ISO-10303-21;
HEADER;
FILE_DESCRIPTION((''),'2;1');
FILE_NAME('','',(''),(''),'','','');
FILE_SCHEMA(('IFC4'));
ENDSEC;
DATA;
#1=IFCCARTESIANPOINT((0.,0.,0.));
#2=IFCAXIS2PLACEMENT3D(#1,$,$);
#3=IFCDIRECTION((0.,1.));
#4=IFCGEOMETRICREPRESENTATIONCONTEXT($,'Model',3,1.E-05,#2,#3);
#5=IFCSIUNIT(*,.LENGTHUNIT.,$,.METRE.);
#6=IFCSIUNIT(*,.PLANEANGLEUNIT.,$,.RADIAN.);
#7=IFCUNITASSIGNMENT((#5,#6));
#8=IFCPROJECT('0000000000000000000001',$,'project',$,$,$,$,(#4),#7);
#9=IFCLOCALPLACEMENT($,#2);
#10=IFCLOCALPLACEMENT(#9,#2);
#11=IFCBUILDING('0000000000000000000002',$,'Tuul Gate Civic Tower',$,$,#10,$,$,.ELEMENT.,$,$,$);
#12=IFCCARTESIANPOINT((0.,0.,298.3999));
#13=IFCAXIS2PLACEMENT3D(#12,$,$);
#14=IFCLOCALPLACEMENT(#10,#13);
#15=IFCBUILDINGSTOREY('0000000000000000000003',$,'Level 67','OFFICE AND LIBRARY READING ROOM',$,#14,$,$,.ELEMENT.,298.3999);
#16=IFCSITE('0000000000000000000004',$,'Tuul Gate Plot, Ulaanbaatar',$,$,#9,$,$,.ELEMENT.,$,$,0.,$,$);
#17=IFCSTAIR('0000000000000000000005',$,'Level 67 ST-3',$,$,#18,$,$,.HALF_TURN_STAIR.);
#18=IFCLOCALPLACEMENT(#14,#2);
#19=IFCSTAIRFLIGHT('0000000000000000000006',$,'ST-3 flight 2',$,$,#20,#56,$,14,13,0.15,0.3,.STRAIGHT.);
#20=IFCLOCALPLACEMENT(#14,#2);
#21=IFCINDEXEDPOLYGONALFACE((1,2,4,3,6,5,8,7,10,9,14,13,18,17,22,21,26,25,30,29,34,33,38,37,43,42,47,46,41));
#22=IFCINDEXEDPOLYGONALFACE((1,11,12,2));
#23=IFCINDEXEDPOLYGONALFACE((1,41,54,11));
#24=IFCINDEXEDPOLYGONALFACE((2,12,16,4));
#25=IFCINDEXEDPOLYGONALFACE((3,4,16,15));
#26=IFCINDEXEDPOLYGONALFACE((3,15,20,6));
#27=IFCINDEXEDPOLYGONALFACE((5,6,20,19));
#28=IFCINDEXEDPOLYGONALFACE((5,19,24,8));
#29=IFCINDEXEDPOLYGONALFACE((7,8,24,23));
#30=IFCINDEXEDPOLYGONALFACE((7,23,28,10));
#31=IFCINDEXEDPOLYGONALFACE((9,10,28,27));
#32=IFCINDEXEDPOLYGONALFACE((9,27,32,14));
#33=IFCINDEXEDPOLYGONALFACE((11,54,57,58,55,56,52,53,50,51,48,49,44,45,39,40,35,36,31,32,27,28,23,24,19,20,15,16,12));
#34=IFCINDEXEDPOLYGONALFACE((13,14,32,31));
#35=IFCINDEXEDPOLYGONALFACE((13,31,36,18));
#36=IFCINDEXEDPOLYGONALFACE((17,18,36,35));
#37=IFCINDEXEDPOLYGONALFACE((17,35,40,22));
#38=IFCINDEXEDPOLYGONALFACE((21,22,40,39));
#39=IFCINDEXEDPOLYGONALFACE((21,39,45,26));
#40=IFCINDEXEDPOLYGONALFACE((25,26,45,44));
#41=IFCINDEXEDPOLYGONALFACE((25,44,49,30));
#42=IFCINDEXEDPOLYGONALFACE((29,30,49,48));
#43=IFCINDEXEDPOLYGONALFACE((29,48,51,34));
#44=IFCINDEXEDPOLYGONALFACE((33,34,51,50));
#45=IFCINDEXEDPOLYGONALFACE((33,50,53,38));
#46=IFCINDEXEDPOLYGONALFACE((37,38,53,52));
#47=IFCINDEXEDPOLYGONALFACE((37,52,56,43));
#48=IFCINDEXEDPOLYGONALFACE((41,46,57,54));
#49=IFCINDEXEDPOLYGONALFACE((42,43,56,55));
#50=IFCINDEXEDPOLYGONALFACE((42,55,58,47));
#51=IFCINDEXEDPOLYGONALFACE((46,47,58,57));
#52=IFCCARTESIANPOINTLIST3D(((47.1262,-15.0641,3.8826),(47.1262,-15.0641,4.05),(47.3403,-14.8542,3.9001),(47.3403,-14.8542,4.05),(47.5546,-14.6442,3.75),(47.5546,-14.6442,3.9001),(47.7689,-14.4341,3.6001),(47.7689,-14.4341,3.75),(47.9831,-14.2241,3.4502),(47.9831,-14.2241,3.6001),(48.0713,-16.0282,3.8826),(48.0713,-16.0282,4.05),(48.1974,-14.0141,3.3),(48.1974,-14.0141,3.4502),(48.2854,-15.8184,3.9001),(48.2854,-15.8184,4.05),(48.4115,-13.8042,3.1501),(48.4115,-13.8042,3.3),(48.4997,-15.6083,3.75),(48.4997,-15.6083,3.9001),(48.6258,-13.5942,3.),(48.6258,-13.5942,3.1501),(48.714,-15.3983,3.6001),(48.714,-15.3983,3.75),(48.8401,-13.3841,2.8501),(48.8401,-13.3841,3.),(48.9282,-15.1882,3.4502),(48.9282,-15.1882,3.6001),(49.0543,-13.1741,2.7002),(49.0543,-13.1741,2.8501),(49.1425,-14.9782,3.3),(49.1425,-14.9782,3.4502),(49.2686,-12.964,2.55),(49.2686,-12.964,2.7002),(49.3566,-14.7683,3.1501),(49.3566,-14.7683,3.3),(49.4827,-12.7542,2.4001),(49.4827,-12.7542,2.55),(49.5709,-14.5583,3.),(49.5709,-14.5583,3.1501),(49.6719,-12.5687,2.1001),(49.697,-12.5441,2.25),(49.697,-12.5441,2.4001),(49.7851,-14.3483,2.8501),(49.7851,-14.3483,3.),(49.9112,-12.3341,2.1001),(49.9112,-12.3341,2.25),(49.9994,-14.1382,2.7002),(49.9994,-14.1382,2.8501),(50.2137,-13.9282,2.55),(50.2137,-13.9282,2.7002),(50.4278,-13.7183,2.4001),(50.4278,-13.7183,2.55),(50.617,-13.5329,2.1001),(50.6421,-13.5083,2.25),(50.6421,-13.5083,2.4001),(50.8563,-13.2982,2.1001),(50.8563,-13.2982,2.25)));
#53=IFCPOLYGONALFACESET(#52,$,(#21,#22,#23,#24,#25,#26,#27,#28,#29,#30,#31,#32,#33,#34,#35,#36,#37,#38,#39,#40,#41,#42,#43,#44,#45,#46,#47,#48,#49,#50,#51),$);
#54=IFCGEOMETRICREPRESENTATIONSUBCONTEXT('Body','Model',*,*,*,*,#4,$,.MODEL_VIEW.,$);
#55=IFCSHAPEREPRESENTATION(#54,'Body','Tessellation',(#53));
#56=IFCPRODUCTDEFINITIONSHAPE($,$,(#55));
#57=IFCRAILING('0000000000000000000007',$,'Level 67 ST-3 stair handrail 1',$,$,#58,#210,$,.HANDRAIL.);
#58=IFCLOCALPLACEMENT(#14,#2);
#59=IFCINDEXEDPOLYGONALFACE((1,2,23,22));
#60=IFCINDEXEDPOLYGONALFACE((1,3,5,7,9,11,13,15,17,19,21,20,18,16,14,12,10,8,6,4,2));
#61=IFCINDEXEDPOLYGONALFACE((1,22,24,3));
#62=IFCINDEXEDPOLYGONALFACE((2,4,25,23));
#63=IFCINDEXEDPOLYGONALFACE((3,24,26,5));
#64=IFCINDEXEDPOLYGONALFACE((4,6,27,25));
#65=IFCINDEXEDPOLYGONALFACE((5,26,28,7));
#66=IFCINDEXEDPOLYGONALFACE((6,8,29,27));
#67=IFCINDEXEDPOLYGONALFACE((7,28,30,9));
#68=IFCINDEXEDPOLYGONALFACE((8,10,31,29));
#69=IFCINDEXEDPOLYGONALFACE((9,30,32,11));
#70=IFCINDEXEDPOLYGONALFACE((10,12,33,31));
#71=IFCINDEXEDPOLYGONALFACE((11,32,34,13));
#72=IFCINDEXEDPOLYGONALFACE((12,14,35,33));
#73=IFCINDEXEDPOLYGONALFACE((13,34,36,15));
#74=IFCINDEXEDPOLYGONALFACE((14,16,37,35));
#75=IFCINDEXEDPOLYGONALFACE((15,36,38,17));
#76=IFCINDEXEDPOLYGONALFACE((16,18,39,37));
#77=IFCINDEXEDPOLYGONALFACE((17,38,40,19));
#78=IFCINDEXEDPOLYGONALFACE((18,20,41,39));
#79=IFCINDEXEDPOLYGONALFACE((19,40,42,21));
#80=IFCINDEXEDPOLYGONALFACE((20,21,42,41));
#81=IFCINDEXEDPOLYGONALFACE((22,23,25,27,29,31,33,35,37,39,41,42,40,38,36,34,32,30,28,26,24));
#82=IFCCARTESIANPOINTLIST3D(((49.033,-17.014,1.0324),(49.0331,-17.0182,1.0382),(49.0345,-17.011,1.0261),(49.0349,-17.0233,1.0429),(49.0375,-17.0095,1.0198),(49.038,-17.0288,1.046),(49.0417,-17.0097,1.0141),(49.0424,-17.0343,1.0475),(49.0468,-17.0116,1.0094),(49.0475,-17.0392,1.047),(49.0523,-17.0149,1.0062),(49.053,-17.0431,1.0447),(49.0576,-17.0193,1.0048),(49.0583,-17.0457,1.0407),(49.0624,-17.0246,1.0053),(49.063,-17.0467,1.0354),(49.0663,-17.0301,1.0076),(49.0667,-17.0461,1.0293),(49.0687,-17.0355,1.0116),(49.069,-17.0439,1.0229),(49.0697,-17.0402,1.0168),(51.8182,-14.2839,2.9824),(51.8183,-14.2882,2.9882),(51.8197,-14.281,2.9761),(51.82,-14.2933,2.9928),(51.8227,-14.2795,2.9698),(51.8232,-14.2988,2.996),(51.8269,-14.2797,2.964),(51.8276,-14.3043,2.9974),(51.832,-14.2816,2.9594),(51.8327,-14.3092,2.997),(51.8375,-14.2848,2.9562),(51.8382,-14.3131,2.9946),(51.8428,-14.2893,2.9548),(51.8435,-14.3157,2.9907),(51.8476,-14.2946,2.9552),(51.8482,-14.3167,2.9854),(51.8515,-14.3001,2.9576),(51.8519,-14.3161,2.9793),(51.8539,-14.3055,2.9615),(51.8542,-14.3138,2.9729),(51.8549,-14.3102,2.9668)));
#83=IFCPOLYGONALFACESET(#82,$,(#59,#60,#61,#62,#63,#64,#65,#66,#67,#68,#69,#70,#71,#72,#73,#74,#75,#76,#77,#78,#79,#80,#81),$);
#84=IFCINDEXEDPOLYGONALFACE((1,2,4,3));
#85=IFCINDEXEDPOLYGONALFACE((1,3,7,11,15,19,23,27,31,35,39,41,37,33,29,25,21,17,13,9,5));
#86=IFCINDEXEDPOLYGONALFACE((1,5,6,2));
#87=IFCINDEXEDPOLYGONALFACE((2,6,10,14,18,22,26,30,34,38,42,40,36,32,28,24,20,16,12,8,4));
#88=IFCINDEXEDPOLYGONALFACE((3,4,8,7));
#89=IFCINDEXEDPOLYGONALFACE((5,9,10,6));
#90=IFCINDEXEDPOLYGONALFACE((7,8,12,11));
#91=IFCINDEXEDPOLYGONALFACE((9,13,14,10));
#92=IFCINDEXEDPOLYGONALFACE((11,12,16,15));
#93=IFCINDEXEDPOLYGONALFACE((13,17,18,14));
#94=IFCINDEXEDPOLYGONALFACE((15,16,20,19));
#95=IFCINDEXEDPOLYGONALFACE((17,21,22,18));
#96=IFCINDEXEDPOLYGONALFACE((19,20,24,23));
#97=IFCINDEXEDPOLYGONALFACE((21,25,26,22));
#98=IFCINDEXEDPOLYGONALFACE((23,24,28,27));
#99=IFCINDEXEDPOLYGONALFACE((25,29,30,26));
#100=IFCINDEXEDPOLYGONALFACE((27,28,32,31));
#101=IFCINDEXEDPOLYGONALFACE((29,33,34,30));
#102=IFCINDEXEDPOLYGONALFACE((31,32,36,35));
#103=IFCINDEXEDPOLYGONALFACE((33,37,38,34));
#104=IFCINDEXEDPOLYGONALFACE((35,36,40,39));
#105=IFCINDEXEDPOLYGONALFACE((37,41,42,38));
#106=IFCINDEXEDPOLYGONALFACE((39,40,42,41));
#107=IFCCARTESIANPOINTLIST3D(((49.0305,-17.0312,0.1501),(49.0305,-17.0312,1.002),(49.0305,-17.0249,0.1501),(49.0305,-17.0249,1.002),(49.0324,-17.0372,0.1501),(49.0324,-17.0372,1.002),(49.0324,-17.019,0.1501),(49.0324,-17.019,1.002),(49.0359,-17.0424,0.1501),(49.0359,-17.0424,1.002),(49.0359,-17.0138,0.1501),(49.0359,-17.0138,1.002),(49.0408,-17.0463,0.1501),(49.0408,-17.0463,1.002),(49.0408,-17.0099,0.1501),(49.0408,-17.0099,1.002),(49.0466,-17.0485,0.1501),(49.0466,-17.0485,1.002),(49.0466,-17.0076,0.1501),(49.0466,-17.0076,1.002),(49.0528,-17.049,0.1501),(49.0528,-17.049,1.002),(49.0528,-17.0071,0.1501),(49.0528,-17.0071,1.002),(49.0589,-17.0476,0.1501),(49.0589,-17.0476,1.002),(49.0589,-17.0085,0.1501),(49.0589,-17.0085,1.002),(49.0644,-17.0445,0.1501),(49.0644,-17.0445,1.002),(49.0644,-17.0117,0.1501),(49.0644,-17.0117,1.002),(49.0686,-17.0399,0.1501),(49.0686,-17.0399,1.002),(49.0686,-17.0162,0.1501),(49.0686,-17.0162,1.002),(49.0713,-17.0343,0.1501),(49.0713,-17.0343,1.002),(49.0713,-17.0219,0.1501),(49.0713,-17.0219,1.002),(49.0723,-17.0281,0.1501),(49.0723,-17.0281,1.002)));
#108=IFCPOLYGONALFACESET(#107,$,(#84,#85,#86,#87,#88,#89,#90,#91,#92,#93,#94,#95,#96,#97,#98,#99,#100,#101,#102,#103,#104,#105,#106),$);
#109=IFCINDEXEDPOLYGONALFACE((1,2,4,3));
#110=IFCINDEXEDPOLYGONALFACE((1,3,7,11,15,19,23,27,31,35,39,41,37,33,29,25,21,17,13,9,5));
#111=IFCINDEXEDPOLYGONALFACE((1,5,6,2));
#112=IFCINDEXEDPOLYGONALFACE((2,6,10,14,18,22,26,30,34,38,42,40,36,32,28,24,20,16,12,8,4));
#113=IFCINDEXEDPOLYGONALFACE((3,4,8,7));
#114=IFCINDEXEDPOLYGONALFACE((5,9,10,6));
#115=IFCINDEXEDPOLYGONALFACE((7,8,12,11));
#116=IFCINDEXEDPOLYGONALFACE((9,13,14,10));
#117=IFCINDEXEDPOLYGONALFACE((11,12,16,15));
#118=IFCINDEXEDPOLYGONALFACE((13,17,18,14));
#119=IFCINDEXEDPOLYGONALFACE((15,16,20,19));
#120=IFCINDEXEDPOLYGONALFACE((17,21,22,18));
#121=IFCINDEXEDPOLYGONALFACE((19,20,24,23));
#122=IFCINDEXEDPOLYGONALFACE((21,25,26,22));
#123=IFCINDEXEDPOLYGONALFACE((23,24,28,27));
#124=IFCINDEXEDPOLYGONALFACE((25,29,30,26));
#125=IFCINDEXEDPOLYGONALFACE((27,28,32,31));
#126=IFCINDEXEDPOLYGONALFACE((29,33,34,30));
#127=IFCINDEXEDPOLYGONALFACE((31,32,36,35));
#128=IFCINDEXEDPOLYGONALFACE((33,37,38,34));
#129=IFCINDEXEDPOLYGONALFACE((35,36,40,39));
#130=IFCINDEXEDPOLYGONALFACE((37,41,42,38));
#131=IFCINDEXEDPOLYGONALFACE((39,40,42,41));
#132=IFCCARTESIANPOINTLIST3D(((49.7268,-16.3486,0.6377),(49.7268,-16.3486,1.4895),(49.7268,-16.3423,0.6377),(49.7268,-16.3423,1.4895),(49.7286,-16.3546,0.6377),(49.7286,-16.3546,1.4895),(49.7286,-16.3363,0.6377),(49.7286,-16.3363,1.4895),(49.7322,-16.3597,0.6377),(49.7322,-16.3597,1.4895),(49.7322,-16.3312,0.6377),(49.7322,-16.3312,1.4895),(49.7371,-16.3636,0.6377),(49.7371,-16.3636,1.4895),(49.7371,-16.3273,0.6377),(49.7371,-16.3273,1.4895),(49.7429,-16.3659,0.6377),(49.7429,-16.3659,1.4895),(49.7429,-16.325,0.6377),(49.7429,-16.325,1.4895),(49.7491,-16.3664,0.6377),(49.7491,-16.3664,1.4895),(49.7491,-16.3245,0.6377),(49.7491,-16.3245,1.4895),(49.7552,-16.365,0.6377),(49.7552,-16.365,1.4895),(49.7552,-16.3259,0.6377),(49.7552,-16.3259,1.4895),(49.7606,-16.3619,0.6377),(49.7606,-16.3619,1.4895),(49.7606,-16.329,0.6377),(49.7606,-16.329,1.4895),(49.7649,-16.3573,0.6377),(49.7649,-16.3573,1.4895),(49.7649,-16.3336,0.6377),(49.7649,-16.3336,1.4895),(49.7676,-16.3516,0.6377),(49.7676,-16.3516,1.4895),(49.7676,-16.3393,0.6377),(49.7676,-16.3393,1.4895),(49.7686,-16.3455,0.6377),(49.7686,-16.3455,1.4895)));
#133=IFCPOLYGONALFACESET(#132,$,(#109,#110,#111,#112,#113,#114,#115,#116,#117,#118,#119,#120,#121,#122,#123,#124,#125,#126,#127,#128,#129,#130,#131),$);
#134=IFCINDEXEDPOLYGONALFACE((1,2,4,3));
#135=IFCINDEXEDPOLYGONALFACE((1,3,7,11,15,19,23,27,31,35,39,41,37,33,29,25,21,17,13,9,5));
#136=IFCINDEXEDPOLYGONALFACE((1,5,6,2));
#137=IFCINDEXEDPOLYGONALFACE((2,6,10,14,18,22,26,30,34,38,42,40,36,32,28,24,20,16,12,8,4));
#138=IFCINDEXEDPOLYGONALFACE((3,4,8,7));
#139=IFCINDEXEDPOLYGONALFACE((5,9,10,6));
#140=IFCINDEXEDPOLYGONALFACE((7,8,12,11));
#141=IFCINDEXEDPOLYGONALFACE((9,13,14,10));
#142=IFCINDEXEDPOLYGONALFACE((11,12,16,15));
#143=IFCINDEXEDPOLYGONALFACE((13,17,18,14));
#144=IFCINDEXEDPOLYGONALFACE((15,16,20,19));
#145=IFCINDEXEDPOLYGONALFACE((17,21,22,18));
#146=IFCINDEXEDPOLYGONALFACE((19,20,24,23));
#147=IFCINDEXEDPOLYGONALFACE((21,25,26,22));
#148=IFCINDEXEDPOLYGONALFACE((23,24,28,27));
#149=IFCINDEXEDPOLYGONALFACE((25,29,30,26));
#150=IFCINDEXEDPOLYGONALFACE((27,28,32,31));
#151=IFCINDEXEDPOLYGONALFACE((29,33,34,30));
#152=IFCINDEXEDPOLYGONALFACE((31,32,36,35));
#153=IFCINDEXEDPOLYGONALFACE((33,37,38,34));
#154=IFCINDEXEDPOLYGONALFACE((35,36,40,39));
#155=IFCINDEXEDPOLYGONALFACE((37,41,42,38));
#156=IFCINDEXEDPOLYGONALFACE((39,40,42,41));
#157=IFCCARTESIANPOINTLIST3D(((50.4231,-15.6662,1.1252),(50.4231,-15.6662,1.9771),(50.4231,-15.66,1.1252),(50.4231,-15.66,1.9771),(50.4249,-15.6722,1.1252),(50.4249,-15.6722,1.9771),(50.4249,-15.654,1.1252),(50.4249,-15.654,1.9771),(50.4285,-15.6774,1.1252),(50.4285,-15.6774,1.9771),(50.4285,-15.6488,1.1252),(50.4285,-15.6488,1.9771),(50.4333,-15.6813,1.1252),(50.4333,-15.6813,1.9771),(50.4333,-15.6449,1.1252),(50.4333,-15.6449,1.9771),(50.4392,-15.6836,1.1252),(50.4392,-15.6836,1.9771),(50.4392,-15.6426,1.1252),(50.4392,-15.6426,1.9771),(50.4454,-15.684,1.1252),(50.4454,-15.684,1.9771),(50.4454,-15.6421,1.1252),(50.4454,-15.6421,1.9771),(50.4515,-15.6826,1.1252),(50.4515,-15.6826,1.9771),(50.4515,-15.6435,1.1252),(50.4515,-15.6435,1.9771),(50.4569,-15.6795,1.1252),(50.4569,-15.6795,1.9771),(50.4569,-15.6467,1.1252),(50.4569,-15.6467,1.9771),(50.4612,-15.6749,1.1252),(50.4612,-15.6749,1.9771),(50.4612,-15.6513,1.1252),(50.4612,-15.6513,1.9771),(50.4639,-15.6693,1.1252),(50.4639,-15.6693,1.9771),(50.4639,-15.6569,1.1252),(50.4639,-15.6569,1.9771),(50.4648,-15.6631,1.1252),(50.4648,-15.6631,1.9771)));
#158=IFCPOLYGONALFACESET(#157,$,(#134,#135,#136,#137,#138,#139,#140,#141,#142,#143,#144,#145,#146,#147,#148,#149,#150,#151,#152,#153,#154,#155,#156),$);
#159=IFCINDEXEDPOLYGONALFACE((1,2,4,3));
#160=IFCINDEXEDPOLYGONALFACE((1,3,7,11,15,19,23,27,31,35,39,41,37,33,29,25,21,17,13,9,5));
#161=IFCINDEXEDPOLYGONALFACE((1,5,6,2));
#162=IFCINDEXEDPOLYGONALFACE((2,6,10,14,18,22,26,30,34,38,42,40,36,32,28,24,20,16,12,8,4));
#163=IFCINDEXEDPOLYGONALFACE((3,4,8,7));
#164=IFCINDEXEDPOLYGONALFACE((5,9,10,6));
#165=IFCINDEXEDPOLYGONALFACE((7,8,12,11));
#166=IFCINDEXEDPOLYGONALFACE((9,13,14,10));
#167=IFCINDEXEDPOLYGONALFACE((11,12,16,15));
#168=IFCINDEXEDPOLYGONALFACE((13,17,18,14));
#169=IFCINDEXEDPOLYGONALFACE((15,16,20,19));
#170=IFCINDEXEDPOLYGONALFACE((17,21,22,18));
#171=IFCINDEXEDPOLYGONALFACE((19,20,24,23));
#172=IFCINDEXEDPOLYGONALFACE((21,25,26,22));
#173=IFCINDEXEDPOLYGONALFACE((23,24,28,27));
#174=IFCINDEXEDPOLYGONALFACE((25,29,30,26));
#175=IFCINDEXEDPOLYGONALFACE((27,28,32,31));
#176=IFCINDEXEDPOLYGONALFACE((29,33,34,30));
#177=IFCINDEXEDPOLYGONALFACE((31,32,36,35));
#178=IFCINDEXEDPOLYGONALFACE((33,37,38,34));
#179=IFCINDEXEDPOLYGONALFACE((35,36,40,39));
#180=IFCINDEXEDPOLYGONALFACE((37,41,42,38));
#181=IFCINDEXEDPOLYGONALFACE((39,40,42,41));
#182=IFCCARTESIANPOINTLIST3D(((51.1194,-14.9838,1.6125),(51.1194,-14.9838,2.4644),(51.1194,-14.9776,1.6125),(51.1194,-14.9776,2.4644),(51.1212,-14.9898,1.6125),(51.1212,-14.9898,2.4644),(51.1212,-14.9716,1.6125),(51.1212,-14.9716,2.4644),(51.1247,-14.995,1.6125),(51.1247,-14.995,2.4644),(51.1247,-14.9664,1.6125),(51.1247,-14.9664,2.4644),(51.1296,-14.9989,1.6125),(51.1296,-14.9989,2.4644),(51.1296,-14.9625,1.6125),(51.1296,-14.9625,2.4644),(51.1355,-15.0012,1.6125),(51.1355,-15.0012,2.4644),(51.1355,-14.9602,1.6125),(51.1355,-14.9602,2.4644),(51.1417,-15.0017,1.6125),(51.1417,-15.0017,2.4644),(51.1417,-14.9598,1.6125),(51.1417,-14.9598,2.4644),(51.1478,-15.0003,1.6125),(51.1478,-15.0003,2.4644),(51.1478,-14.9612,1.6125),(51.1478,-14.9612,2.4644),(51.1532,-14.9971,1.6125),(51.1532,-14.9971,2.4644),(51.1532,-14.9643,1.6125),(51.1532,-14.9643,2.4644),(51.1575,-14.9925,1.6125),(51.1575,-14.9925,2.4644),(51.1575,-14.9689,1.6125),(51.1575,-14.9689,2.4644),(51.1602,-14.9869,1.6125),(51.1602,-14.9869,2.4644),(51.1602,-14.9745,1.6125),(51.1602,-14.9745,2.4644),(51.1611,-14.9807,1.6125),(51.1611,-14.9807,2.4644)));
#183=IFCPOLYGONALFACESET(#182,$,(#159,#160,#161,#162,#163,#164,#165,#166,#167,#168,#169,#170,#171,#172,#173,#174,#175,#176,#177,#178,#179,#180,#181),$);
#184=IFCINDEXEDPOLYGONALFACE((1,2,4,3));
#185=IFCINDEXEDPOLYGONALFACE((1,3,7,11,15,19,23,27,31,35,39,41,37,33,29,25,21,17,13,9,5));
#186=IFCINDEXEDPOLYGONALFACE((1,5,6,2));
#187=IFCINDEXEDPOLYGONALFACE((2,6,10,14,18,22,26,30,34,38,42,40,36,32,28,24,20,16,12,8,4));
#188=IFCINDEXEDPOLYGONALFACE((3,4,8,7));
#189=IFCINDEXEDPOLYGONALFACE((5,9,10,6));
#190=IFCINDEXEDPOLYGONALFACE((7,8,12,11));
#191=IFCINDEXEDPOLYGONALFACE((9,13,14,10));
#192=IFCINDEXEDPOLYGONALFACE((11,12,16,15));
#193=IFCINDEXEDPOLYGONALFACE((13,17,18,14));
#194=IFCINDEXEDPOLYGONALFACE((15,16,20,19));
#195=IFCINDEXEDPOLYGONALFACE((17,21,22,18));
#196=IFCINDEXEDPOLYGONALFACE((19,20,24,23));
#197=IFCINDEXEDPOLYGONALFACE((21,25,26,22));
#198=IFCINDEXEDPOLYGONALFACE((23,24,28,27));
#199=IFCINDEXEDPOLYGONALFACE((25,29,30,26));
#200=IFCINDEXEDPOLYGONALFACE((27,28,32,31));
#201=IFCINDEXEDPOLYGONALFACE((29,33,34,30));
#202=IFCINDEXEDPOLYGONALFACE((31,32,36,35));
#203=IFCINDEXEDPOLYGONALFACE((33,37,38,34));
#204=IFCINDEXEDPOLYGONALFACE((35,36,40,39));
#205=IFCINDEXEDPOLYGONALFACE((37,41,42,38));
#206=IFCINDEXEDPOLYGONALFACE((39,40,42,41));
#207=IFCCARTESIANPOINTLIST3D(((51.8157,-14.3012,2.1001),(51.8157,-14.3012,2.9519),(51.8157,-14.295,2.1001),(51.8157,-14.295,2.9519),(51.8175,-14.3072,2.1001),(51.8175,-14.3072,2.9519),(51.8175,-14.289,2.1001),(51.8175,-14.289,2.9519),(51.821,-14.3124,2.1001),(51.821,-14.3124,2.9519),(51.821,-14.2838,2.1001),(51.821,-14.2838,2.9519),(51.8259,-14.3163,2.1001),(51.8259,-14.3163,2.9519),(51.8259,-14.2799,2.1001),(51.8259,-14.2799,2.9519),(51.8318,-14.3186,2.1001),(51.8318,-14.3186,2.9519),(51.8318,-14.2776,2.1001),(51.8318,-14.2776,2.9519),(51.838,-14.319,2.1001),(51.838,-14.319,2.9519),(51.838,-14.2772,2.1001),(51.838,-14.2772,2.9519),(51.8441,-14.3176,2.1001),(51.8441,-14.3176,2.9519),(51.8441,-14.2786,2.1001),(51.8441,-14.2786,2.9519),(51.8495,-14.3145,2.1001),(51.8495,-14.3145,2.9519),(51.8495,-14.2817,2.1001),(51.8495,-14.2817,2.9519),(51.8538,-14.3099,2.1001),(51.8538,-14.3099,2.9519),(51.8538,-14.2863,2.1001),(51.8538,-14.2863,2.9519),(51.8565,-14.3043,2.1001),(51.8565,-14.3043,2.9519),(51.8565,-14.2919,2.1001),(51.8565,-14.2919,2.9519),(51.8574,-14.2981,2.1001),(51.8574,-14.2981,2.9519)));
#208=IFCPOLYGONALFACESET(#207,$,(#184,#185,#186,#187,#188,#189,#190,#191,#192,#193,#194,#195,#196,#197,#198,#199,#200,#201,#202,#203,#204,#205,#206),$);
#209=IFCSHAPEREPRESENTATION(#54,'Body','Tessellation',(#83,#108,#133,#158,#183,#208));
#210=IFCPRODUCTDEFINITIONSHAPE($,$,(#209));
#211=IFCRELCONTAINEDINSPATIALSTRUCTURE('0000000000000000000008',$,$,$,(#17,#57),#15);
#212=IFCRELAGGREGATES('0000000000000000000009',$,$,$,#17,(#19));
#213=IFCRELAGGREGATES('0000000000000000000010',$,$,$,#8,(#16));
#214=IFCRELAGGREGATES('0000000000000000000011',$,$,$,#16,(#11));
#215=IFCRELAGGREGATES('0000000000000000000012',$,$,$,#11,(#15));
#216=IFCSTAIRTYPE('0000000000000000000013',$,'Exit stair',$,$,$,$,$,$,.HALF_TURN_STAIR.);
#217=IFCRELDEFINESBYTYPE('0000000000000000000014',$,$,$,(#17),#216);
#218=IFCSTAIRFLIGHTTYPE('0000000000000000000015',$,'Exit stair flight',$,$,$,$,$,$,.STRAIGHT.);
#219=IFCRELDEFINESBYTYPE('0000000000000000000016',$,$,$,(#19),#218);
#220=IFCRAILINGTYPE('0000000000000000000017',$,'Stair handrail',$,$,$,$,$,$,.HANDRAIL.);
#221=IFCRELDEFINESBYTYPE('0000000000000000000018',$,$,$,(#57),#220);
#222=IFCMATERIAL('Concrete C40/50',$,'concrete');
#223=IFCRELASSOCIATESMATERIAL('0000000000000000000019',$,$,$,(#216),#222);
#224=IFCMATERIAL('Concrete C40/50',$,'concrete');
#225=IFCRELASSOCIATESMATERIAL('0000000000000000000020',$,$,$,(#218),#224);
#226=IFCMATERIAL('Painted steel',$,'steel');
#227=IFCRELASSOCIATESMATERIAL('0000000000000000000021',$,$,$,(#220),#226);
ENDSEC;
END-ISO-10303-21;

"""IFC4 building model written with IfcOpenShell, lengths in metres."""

from ifc_helpers import new_model, si_unit, direction, frame, origin, origin_2d, place, context, subcontext, project, spatial, polyline, circle, outline, extrude, material, type_object, element, aggregate, save


model = new_model("IFC4")

# Units and contexts
model_context = context("Model", 3, precision=1e-05, world=origin(), true_north=direction((0.0, 1.0)))
body_context = subcontext(model_context, "Body", "Model", "MODEL_VIEW")
ifc_project = project(units=[si_unit("LENGTHUNIT", "METRE"), si_unit("PLANEANGLEUNIT", "RADIAN")], contexts=[model_context])

# Site, building, storey
site_placement = place(None, origin())
site = spatial("IfcSite", under=ifc_project, at=site_placement, Name="Tuul Gate Plot, Ulaanbaatar", CompositionType="ELEMENT", RefElevation=0.0)
building_placement = place(site_placement, origin())
building = spatial("IfcBuilding", under=site, at=building_placement, Name="Tuul Gate Civic Tower", CompositionType="ELEMENT")
storey_placement = place(building_placement, frame((0.0, 0.0, 298.3999)))
storey = spatial("IfcBuildingStorey", under=building, at=storey_placement, Name="Level 67", Description="OFFICE AND LIBRARY READING ROOM", CompositionType="ELEMENT", Elevation=298.3999)

# Stair, stair flight
ifc_material_1 = material(Name="Concrete C40/50", Category="concrete")
stair_type = type_object("IfcStairType", Name="Exit stair", PredefinedType="HALF_TURN_STAIR", material=ifc_material_1)
stair_placement = place(storey_placement, origin())
stair = element("IfcStair", 1, at=stair_placement, inside=storey, type_object=stair_type, Name="Level 67 ST-3", PredefinedType="HALF_TURN_STAIR")
ifc_material_2 = material(Name="Concrete C40/50", Category="concrete")
stair_flight_type = type_object("IfcStairFlightType", Name="Exit stair flight", PredefinedType="STRAIGHT", material=ifc_material_2)
stair_flight_1_placement = place(storey_placement, frame((50.3838, -12.8162, 2.1001), z_axis=(0.0, 0.0, 1.0), x_axis=(-0.714127, -0.700016, 0.0)))
stair_flight_1 = element("IfcStairFlight", 2, at=stair_flight_1_placement, type_object=stair_flight_type, Name="ST-3 flight 2", NumberOfRisers=14, NumberOfTreads=13, PredefinedType="STRAIGHT", RiserHeight=0.15, TreadLength=0.3, context=body_context, shape_type="SweptSolid", body=[
    extrude(outline(polyline([(0.0, 0.0), (0.0, 0.1499), (0.3, 0.1499), (0.3, 0.3), (0.6001, 0.3), (0.6001, 0.45), (0.8999, 0.45), (0.8999, 0.6001), (1.2, 0.6001), (1.2, 0.75), (1.5, 0.75), (1.5, 0.8999), (1.8, 0.8999), (1.8, 1.05), (2.1001, 1.05), (2.1001, 1.2), (2.3999, 1.2), (2.3999, 1.3501), (2.7, 1.3501), (2.7, 1.5), (3.0, 1.5), (3.0, 1.6499), (3.3, 1.6499), (3.3, 1.8), (3.6001, 1.8), (3.6001, 1.95), (3.8999, 1.95), (3.8999, 2.1001), (3.8999, 1.7825), (0.3352, 0.0), (0.0, 0.0)])), frame((0.0, 0.675, 0.0), z_axis=(0.0, -1.0, 0.0), x_axis=(1.0, 0.0, 0.0)), (0.0, 0.0, 1.0), 1.3501),
])
aggregate(stair, [stair_flight_1])

# Railing
ifc_material_3 = material(Name="Painted steel", Category="steel")
railing_type = type_object("IfcRailingType", Name="Stair handrail", PredefinedType="HANDRAIL", material=ifc_material_3)
railing_1_placement = place(storey_placement, frame((49.0513, -17.0281, 0.1501)))
element("IfcRailing", 3, at=railing_1_placement, inside=storey, type_object=railing_type, Name="Level 67 ST-3 stair handrail 1", PredefinedType="HANDRAIL", context=body_context, shape_type="SweptSolid", body=[
    extrude(circle(Radius=0.0239, at=origin_2d()), frame((0.0, 0.0, 0.876), z_axis=(0.638754, 0.6261, 0.447206), x_axis=(-0.699998, 0.714145, 0.0)), (0.0, 0.0, 1.0), 4.3604),
    extrude(circle(Radius=0.021, at=origin_2d()), origin(), (0.0, 0.0, 1.0), 0.8518),
    extrude(circle(Radius=0.021, at=origin_2d()), frame((0.6963, 0.6826, 0.4875)), (0.0, 0.0, 1.0), 0.8518),
    extrude(circle(Radius=0.021, at=origin_2d()), frame((1.3926, 1.365, 0.9751)), (0.0, 0.0, 1.0), 0.8518),
    extrude(circle(Radius=0.021, at=origin_2d()), frame((2.0889, 2.0474, 1.4624)), (0.0, 0.0, 1.0), 0.8518),
    extrude(circle(Radius=0.021, at=origin_2d()), frame((2.7852, 2.73, 1.95)), (0.0, 0.0, 1.0), 0.8518),
])

save(model, "model.ifc")
